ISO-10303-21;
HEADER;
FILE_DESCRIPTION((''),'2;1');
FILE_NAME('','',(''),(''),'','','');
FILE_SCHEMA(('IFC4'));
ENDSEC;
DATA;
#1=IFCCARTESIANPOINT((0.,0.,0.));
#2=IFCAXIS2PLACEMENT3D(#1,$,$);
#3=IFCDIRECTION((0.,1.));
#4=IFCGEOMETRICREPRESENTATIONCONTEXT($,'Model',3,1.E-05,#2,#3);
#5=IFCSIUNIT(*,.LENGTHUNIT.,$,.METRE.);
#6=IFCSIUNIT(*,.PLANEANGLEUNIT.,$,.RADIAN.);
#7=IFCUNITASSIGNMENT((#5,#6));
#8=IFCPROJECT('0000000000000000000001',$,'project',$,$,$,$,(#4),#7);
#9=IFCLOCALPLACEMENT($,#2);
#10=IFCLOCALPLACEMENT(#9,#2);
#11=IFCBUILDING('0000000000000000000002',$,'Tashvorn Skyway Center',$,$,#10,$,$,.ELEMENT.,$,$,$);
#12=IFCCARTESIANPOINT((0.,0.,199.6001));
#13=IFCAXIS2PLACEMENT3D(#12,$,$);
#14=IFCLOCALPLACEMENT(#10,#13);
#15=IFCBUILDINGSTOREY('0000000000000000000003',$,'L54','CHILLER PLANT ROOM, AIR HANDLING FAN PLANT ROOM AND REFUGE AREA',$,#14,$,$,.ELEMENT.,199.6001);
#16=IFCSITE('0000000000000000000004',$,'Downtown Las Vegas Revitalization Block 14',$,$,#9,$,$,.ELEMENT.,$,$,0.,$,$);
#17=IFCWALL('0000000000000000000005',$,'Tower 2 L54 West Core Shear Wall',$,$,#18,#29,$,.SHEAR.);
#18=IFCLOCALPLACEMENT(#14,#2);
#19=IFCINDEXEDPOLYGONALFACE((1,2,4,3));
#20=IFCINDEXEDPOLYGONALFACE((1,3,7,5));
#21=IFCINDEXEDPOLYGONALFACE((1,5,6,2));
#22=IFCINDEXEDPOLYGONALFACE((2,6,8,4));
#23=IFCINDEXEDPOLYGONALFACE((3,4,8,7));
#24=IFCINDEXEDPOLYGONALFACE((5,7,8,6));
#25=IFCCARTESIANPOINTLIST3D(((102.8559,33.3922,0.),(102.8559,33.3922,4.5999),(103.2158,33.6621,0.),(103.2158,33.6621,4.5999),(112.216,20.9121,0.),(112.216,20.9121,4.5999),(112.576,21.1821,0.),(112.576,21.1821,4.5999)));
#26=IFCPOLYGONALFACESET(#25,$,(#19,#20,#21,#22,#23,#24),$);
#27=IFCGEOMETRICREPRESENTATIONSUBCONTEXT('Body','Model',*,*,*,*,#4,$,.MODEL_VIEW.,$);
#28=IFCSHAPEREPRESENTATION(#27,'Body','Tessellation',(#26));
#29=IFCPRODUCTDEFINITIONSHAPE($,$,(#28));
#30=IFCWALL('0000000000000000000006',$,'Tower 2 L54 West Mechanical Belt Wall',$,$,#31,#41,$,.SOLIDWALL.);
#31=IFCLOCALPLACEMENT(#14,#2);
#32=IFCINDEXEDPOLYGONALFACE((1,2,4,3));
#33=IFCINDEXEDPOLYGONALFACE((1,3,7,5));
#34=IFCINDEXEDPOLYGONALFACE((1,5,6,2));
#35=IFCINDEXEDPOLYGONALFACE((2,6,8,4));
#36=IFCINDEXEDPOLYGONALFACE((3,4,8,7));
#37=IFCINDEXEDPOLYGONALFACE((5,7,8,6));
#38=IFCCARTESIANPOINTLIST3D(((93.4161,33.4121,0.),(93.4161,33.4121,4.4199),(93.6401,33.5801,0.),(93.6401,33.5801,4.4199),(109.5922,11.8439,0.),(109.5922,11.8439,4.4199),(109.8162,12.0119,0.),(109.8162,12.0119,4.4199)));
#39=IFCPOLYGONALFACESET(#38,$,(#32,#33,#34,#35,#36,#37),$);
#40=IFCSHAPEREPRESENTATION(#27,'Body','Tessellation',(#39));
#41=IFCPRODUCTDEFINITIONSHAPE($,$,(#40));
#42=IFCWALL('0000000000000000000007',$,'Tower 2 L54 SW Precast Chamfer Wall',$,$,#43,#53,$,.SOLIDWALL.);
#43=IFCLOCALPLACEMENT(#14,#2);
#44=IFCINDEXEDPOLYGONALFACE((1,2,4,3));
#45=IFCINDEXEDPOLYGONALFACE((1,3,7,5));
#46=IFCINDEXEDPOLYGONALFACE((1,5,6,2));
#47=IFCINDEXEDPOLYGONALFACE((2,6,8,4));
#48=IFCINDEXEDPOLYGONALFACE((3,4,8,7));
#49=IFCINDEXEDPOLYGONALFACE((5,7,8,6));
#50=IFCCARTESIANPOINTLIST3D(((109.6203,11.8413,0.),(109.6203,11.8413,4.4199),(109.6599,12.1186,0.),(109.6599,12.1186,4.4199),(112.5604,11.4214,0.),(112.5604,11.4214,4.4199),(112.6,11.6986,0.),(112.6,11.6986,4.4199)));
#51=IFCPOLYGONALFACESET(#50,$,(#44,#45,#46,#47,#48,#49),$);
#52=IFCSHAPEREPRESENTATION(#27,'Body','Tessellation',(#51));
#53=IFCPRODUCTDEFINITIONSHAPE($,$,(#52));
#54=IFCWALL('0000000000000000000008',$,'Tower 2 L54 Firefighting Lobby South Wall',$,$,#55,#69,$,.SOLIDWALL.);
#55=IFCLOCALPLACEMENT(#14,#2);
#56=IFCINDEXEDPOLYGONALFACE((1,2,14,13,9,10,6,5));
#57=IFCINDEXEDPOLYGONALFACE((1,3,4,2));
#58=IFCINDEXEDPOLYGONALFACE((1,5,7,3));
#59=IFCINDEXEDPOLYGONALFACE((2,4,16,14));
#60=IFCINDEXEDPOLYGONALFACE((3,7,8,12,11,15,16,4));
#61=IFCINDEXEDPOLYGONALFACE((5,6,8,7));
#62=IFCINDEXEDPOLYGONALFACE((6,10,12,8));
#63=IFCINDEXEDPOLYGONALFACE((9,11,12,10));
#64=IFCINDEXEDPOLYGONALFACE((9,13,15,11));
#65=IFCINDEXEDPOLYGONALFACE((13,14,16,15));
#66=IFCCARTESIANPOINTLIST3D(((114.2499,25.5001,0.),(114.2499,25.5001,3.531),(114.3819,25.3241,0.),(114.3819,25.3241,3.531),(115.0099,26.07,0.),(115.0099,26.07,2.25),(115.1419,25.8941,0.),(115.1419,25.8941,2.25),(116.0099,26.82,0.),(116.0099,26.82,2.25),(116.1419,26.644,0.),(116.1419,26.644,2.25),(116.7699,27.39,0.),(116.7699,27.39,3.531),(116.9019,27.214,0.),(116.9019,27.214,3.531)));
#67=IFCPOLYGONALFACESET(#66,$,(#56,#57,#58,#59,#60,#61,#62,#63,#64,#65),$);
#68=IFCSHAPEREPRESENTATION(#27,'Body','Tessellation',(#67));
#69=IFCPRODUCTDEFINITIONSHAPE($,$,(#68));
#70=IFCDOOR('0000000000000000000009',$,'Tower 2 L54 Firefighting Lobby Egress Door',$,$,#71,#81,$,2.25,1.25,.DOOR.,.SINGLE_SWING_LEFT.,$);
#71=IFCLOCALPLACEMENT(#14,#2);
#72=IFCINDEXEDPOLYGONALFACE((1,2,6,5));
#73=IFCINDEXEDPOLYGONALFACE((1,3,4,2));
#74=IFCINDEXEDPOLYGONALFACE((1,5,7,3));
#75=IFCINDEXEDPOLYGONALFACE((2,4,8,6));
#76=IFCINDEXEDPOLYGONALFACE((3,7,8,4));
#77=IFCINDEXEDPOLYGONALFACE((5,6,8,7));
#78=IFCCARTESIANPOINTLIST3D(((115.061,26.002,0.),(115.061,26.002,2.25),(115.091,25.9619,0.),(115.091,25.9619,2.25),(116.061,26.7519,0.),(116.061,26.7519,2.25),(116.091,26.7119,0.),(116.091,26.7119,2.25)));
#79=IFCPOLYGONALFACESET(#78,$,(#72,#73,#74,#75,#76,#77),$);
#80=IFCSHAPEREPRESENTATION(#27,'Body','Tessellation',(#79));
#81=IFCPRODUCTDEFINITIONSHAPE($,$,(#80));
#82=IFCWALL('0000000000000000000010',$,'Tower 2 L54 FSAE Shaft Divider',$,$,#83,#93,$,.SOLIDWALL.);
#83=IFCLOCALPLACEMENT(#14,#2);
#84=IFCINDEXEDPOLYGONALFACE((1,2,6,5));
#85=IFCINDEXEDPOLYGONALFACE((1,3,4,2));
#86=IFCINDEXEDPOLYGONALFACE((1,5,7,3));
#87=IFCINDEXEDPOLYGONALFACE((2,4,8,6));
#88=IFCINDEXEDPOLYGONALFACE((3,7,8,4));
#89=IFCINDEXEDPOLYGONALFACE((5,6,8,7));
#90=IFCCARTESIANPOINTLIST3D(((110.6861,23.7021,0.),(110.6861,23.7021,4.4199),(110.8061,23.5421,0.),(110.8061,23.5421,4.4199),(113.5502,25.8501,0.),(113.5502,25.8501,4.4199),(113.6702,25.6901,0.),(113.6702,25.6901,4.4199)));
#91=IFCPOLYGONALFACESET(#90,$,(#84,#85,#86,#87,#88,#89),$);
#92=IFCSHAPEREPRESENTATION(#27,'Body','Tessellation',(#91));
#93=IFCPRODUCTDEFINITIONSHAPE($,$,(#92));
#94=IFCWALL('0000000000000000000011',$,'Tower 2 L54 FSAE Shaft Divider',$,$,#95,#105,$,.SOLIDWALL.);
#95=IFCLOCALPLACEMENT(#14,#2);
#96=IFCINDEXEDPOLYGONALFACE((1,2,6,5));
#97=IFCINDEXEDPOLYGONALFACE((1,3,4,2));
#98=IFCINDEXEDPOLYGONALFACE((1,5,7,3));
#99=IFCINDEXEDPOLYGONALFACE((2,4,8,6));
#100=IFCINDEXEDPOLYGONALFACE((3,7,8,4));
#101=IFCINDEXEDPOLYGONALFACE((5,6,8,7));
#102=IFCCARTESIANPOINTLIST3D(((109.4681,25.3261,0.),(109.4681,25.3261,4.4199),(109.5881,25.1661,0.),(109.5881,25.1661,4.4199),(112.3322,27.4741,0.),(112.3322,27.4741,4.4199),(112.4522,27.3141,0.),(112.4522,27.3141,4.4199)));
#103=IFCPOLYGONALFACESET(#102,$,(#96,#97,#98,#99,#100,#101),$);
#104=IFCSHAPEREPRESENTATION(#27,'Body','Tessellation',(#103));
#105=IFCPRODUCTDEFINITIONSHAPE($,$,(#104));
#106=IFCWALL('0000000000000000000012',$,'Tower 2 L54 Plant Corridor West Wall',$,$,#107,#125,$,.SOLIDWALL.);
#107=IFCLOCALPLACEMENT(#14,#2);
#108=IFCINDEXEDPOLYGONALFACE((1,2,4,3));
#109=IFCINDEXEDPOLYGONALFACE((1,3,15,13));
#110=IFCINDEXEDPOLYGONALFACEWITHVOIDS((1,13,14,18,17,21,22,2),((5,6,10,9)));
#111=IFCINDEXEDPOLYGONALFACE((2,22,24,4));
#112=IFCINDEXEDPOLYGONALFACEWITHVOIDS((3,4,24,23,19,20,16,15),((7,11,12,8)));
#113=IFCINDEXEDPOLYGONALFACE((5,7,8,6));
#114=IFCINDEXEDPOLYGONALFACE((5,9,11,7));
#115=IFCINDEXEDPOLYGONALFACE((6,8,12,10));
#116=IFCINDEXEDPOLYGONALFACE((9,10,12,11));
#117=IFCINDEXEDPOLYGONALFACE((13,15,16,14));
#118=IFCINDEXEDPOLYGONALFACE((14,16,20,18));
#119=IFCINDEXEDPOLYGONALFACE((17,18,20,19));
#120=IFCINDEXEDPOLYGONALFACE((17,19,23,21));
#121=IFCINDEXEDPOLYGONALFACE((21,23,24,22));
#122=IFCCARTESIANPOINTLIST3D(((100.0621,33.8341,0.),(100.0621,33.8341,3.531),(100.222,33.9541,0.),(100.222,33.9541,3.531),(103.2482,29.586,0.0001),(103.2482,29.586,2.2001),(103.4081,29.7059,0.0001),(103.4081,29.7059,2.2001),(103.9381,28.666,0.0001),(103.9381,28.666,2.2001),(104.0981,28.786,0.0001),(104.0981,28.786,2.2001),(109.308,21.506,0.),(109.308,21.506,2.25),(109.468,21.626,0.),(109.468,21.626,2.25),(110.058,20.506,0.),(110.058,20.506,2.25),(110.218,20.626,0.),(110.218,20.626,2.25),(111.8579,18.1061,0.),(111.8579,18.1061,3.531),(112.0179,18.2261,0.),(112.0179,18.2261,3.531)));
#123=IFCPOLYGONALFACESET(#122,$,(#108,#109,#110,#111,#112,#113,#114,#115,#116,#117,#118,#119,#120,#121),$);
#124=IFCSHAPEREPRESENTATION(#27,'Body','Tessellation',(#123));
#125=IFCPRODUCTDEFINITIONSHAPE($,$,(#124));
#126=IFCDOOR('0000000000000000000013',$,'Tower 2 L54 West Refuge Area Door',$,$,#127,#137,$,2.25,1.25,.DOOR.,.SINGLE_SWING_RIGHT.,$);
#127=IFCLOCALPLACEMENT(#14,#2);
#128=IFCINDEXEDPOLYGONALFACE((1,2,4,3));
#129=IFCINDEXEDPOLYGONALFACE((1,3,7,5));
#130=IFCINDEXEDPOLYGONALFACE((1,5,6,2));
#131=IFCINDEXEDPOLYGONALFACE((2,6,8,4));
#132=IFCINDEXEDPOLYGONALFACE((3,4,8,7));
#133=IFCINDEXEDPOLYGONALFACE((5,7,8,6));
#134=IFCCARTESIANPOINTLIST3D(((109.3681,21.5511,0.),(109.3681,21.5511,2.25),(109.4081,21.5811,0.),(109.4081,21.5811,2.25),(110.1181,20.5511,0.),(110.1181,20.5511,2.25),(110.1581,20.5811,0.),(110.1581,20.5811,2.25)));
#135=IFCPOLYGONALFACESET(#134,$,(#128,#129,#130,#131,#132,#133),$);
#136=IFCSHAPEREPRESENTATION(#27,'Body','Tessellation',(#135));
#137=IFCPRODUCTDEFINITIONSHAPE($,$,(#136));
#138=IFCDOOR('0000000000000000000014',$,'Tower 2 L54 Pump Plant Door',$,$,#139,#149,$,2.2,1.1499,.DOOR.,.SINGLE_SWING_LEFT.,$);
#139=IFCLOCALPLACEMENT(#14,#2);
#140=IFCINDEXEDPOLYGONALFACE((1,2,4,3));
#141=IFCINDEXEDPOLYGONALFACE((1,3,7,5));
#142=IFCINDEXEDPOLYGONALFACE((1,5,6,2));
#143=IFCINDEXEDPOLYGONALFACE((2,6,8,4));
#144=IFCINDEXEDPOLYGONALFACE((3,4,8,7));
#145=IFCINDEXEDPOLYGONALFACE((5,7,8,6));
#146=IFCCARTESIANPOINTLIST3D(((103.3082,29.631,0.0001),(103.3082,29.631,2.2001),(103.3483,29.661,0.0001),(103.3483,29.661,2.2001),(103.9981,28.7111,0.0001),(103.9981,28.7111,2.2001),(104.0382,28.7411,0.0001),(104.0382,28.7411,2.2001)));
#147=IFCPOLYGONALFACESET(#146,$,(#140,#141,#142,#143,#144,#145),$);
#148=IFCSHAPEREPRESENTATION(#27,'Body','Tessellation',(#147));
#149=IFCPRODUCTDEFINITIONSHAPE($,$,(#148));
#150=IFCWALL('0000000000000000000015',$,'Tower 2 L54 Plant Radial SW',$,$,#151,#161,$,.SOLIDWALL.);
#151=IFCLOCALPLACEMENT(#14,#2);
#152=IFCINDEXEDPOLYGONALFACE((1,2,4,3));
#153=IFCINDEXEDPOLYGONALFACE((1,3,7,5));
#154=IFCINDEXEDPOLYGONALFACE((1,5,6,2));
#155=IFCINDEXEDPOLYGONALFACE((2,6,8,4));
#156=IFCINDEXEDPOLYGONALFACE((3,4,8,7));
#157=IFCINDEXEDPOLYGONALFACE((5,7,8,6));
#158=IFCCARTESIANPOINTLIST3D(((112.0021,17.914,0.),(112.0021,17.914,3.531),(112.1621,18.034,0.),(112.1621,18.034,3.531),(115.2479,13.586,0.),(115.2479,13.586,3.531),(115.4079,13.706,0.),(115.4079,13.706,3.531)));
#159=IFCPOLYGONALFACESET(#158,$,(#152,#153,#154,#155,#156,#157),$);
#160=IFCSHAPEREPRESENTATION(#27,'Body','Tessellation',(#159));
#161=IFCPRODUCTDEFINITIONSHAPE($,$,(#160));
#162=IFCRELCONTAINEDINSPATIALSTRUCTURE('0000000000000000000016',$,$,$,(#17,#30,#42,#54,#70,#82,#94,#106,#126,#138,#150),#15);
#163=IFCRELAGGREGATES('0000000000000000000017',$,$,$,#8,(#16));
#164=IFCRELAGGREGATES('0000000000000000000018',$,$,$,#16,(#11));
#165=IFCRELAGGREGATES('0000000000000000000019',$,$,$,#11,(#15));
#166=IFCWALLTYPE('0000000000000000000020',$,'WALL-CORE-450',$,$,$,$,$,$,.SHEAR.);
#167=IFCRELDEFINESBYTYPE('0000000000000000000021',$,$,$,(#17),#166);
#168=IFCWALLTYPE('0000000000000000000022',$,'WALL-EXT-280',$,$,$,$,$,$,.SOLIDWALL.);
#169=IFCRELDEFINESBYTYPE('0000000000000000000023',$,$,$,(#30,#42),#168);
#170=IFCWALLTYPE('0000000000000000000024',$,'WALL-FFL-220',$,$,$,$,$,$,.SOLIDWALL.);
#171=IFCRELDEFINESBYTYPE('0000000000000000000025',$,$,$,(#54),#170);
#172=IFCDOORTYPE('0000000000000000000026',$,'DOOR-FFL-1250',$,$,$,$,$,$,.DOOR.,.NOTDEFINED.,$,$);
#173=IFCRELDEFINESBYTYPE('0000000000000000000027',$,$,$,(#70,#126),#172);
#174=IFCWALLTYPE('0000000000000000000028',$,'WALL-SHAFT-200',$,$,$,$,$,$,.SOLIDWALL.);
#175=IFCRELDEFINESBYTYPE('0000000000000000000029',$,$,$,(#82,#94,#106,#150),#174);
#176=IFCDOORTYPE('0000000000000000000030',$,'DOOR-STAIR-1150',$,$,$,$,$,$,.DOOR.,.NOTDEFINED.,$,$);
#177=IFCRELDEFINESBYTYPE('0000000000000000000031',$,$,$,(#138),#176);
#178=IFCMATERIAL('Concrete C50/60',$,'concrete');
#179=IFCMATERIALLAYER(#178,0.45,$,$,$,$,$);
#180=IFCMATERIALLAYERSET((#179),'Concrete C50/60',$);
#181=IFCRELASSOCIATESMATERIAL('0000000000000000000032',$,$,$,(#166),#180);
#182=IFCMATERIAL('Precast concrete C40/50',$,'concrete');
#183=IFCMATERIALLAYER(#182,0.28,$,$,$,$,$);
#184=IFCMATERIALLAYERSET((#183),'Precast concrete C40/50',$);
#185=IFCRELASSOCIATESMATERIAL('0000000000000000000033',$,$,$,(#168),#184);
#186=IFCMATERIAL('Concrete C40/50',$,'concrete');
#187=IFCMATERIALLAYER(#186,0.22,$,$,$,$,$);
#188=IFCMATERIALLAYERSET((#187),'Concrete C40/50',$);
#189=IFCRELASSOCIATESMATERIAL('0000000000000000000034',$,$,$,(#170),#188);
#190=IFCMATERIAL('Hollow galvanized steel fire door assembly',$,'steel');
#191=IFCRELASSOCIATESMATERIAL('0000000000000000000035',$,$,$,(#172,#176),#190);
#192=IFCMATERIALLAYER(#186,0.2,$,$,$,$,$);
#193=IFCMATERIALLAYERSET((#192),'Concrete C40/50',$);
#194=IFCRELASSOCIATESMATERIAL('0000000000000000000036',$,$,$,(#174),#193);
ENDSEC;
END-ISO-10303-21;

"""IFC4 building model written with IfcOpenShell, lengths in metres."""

from ifc_helpers import new_model, si_unit, direction, frame, frame_2d, origin, place, context, subcontext, project, spatial, rectangle, extrude, material, layer, layer_set, type_object, element, fill, save


model = new_model("IFC4")

# Units and contexts
model_context = context("Model", 3, precision=1e-05, world=origin(), true_north=direction((0.0, 1.0)))
body_context = subcontext(model_context, "Body", "Model", "MODEL_VIEW")
ifc_project = project(units=[si_unit("LENGTHUNIT", "METRE"), si_unit("PLANEANGLEUNIT", "RADIAN")], contexts=[model_context])

# Site, building, storey
site_placement = place(None, origin())
site = spatial("IfcSite", under=ifc_project, at=site_placement, Name="Downtown Las Vegas Revitalization Block 14", CompositionType="ELEMENT", RefElevation=0.0)
building_placement = place(site_placement, origin())
building = spatial("IfcBuilding", under=site, at=building_placement, Name="Tashvorn Skyway Center", CompositionType="ELEMENT")
storey_placement = place(building_placement, frame((0.0, 0.0, 199.6001)))
storey = spatial("IfcBuildingStorey", under=building, at=storey_placement, Name="L54", Description="CHILLER PLANT ROOM, AIR HANDLING FAN PLANT ROOM AND REFUGE AREA", CompositionType="ELEMENT", Elevation=199.6001)

# Shared definitions
ifc_material_1 = material(Name="Concrete C50/60", Category="concrete")

# Walls
ifc_layer_1 = layer(ifc_material_1, 0.45)
ifc_layer_set_1 = layer_set([ifc_layer_1], Name="Concrete C50/60")
wall_type_1 = type_object("IfcWallType", Name="WALL-CORE-450", PredefinedType="SHEAR", material=ifc_layer_set_1)
wall_1_placement = place(storey_placement, frame((112.396, 21.0471, 0.0), z_axis=(0.0, 0.0, 1.0), x_axis=(-0.600005, 0.799996, 0.0)))
element("IfcWall", 1, at=wall_1_placement, inside=storey, type_object=wall_type_1, Name="Tower 2 L54 West Core Shear Wall", PredefinedType="SHEAR", context=body_context, shape_type="SweptSolid", body=[
    extrude(rectangle(XDim=15.6001, YDim=0.45, at=frame_2d((7.8, 0.0))), origin(), (0.0, 0.0, 1.0), 4.5999),
])
ifc_material_2 = material(Name="Precast concrete C40/50", Category="concrete")
ifc_layer_2 = layer(ifc_material_2, 0.28)
ifc_layer_set_2 = layer_set([ifc_layer_2], Name="Precast concrete C40/50")
wall_type_2 = type_object("IfcWallType", Name="WALL-EXT-280", PredefinedType="SOLIDWALL", material=ifc_layer_set_2)
wall_2_placement = place(storey_placement, frame((109.7041, 11.928, 0.0), z_axis=(0.0, 0.0, 1.0), x_axis=(-0.599999, 0.800001, 0.0)))
element("IfcWall", 2, at=wall_2_placement, inside=storey, type_object=wall_type_2, Name="Tower 2 L54 West Mechanical Belt Wall", PredefinedType="SOLIDWALL", context=body_context, shape_type="SweptSolid", body=[
    extrude(rectangle(XDim=26.9602, YDim=0.28, at=frame_2d((13.48, 0.0))), origin(), (0.0, 0.0, 1.0), 4.4199),
])
wall_3_placement = place(storey_placement, frame((112.5801, 11.5601, 0.0), z_axis=(0.0, 0.0, 1.0), x_axis=(-0.989954, 0.141387, 0.0)))
element("IfcWall", 3, at=wall_3_placement, inside=storey, type_object=wall_type_2, Name="Tower 2 L54 SW Precast Chamfer Wall", PredefinedType="SOLIDWALL", context=body_context, shape_type="SweptSolid", body=[
    extrude(rectangle(XDim=2.97, YDim=0.28, at=frame_2d((1.4849, 0.0))), origin(), (0.0, 0.0, 1.0), 4.4199),
])

# Wall, opening, door
ifc_material_3 = material(Name="Concrete C40/50", Category="concrete")
ifc_layer_3 = layer(ifc_material_3, 0.22)
ifc_layer_set_3 = layer_set([ifc_layer_3], Name="Concrete C40/50")
wall_type_3 = type_object("IfcWallType", Name="WALL-FFL-220", PredefinedType="SOLIDWALL", material=ifc_layer_set_3)
wall_4_placement = place(storey_placement, frame((114.3159, 25.4121, 0.0), z_axis=(0.0, 0.0, 1.0), x_axis=(0.800019, 0.599975, 0.0)))
wall_4 = element("IfcWall", 4, at=wall_4_placement, inside=storey, type_object=wall_type_3, Name="Tower 2 L54 Firefighting Lobby South Wall", PredefinedType="SOLIDWALL", context=body_context, shape_type="SweptSolid", body=[
    extrude(rectangle(XDim=3.1499, YDim=0.22, at=frame_2d((1.575, 0.0))), origin(), (0.0, 0.0, 1.0), 3.531),
])
opening_1_placement = place(wall_4_placement, frame((0.95, 0.0, 0.0)))
opening_1 = element("IfcOpeningElement", 5, at=opening_1_placement, cuts=wall_4, PredefinedType="OPENING", context=body_context, shape_type="SweptSolid", body=[
    extrude(rectangle(XDim=1.25, YDim=2.25, at=frame_2d((0.625, 1.125))), frame((0.0, 0.1199, 0.0), z_axis=(0.0, -1.0, 0.0), x_axis=(1.0, 0.0, 0.0)), (0.0, 0.0, 1.0), 0.24),
])
ifc_material_4 = material(Name="Hollow galvanized steel fire door assembly", Category="steel")
door_type_1 = type_object("IfcDoorType", Name="DOOR-FFL-1250", OperationType="NOTDEFINED", PredefinedType="DOOR", material=ifc_material_4)
door_1_placement = place(opening_1_placement, origin())
door_1 = element("IfcDoor", 6, at=door_1_placement, inside=storey, type_object=door_type_1, Name="Tower 2 L54 Firefighting Lobby Egress Door", OperationType="SINGLE_SWING_LEFT", OverallHeight=2.25, OverallWidth=1.25, PredefinedType="DOOR", context=body_context, shape_type="SweptSolid", body=[
    extrude(rectangle(XDim=1.25, YDim=2.25, at=frame_2d((0.625, 1.125))), frame((0.0, 0.0249, 0.0), z_axis=(0.0, -1.0, 0.0), x_axis=(1.0, 0.0, 0.0)), (0.0, 0.0, 1.0), 0.05),
])
fill(opening_1, door_1)

# Walls
ifc_layer_4 = layer(ifc_material_3, 0.2)
ifc_layer_set_4 = layer_set([ifc_layer_4], Name="Concrete C40/50")
wall_type_4 = type_object("IfcWallType", Name="WALL-SHAFT-200", PredefinedType="SOLIDWALL", material=ifc_layer_set_4)
for number, where, z_axis, x_axis, name in (
    (7, (110.7461, 23.6221, 0.0), (0.0, 0.0, 1.0), (0.800008, 0.599989, 0.0), "Tower 2 L54 FSAE Shaft Divider"),
    (8, (109.5281, 25.2461, 0.0), (0.0, 0.0, 1.0), (0.800008, 0.599989, 0.0), "Tower 2 L54 FSAE Shaft Divider"),
):
    element("IfcWall", number, at=place(storey_placement, frame(where, z_axis=z_axis, x_axis=x_axis)), inside=storey, type_object=wall_type_4, Name=name, PredefinedType="SOLIDWALL", context=body_context, shape_type="SweptSolid", body=[
        extrude(rectangle(XDim=3.5801, YDim=0.2, at=frame_2d((1.79, 0.0))), origin(), (0.0, 0.0, 1.0), 4.4199),
    ])

# Wall, openings, doors
wall_5_placement = place(storey_placement, frame((111.938, 18.166, 0.0), z_axis=(0.0, 0.0, 1.0), x_axis=(-0.599996, 0.800003, 0.0)))
wall_5 = element("IfcWall", 9, at=wall_5_placement, inside=storey, type_object=wall_type_4, Name="Tower 2 L54 Plant Corridor West Wall", PredefinedType="SOLIDWALL", context=body_context, shape_type="SweptSolid", body=[
    extrude(rectangle(XDim=19.6599, YDim=0.2, at=frame_2d((9.8301, 0.0))), origin(), (0.0, 0.0, 1.0), 3.531),
])
opening_2_placement = place(wall_5_placement, frame((3.0, 0.0, 0.0)))
opening_2 = element("IfcOpeningElement", 10, at=opening_2_placement, cuts=wall_5, PredefinedType="OPENING", context=body_context, shape_type="SweptSolid", body=[
    extrude(rectangle(XDim=1.25, YDim=2.25, at=frame_2d((0.625, 1.125))), frame((0.0, 0.1099, 0.0), z_axis=(0.0, -1.0, 0.0), x_axis=(1.0, 0.0, 0.0)), (0.0, 0.0, 1.0), 0.22),
])
opening_3_placement = place(wall_5_placement, frame((13.2, 0.0, 0.0)))
opening_3 = element("IfcOpeningElement", 11, at=opening_3_placement, cuts=wall_5, PredefinedType="OPENING", context=body_context, shape_type="SweptSolid", body=[
    extrude(rectangle(XDim=1.1499, YDim=2.2, at=frame_2d((0.575, 1.1001))), frame((0.0, 0.1099, 0.0), z_axis=(0.0, -1.0, 0.0), x_axis=(1.0, 0.0, 0.0)), (0.0, 0.0, 1.0), 0.22),
])
door_2_placement = place(opening_2_placement, origin())
door_2 = element("IfcDoor", 12, at=door_2_placement, inside=storey, type_object=door_type_1, Name="Tower 2 L54 West Refuge Area Door", OperationType="SINGLE_SWING_RIGHT", OverallHeight=2.25, OverallWidth=1.25, PredefinedType="DOOR", context=body_context, shape_type="SweptSolid", body=[
    extrude(rectangle(XDim=1.25, YDim=2.25, at=frame_2d((0.625, 1.125))), frame((0.0, 0.0249, 0.0), z_axis=(0.0, -1.0, 0.0), x_axis=(1.0, 0.0, 0.0)), (0.0, 0.0, 1.0), 0.05),
])
fill(opening_2, door_2)
door_type_2 = type_object("IfcDoorType", Name="DOOR-STAIR-1150", OperationType="NOTDEFINED", PredefinedType="DOOR", material=ifc_material_4)
door_3_placement = place(opening_3_placement, origin())
door_3 = element("IfcDoor", 13, at=door_3_placement, inside=storey, type_object=door_type_2, Name="Tower 2 L54 Pump Plant Door", OperationType="SINGLE_SWING_LEFT", OverallHeight=2.2, OverallWidth=1.1499, PredefinedType="DOOR", context=body_context, shape_type="SweptSolid", body=[
    extrude(rectangle(XDim=1.1499, YDim=2.2, at=frame_2d((0.575, 1.1001))), frame((0.0, 0.0249, 0.0), z_axis=(0.0, -1.0, 0.0), x_axis=(1.0, 0.0, 0.0)), (0.0, 0.0, 1.0), 0.05),
])
fill(opening_3, door_3)

# Wall
wall_6_placement = place(storey_placement, frame((112.082, 17.9741, 0.0), z_axis=(0.0, 0.0, 1.0), x_axis=(0.599971, -0.800022, 0.0)))
element("IfcWall", 14, at=wall_6_placement, inside=storey, type_object=wall_type_4, Name="Tower 2 L54 Plant Radial SW", PredefinedType="SOLIDWALL", context=body_context, shape_type="SweptSolid", body=[
    extrude(rectangle(XDim=5.4099, YDim=0.2, at=frame_2d((2.7051, 0.0))), origin(), (0.0, 0.0, 1.0), 3.531),
])

save(model, "model.ifc")
